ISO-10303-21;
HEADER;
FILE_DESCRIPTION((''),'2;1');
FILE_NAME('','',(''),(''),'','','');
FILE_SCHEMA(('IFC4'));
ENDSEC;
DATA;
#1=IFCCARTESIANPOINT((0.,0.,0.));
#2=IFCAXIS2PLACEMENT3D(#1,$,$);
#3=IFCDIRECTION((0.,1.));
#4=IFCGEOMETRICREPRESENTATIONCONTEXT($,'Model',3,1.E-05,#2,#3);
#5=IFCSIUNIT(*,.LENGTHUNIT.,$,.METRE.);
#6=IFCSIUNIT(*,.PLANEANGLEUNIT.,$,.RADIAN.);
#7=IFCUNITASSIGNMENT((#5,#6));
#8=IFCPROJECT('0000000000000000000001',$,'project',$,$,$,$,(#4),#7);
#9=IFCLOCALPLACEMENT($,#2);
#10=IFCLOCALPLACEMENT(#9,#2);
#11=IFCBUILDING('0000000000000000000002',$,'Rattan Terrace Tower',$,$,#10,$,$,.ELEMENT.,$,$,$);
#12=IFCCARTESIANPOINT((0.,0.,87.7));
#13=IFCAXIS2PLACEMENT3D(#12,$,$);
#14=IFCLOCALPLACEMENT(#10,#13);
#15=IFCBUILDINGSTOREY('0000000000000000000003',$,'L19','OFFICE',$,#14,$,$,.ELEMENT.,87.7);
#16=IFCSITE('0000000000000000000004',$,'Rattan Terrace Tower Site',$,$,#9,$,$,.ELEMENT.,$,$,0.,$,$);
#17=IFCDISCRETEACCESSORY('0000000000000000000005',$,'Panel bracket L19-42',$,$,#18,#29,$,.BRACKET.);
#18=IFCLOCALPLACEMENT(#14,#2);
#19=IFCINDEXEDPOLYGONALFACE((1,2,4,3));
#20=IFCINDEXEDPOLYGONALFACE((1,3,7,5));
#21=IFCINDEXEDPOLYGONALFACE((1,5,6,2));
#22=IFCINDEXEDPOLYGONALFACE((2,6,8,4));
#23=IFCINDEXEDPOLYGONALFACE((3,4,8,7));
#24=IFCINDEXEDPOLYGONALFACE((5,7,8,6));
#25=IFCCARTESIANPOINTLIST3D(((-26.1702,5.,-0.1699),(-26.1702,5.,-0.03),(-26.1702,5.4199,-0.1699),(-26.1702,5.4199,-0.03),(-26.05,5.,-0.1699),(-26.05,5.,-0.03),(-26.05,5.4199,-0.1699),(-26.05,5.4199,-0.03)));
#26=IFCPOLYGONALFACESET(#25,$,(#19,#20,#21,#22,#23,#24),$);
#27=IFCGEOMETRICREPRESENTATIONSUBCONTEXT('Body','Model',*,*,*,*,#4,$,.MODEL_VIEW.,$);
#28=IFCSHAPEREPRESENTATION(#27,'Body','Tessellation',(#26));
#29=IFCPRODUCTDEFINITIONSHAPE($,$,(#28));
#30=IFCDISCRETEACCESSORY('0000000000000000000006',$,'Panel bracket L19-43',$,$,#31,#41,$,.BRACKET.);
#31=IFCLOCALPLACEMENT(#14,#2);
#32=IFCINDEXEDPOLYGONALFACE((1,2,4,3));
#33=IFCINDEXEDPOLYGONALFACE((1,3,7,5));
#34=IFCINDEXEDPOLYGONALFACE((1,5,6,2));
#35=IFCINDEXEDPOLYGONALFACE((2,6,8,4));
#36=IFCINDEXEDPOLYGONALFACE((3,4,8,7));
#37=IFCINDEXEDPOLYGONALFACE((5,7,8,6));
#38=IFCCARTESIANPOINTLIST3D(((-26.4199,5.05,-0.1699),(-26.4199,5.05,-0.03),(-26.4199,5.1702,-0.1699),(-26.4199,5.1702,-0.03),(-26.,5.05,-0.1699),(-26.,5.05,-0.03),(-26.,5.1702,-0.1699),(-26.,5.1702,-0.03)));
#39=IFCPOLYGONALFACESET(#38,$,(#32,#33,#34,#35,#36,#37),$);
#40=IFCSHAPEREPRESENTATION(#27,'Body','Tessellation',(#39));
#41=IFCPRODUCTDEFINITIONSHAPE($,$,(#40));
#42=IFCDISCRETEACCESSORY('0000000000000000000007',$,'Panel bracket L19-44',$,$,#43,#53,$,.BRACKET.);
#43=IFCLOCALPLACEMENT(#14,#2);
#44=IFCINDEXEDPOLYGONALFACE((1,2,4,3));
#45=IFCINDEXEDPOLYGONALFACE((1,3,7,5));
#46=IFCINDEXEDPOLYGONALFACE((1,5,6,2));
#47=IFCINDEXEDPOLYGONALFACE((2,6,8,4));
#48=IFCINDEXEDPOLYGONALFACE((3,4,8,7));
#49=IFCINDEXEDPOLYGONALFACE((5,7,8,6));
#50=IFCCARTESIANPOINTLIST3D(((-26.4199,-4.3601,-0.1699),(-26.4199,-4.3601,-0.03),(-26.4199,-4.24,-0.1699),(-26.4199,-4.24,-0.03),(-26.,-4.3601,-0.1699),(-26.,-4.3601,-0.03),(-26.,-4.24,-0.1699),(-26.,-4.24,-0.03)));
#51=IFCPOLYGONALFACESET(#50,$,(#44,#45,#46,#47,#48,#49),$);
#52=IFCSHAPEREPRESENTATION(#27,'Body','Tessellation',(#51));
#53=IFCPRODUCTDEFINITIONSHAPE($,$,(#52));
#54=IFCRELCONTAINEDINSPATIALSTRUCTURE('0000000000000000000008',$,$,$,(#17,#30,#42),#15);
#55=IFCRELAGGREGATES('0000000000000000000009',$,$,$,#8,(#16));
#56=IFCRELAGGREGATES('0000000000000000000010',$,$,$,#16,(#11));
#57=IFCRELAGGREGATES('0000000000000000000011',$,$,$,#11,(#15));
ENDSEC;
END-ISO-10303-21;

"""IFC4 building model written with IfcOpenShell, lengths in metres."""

from ifc_helpers import new_model, si_unit, direction, frame, origin, origin_2d, place, context, subcontext, project, spatial, rectangle, extrude, element, save


model = new_model("IFC4")

# Units and contexts
model_context = context("Model", 3, precision=1e-05, world=origin(), true_north=direction((0.0, 1.0)))
body_context = subcontext(model_context, "Body", "Model", "MODEL_VIEW")
ifc_project = project(units=[si_unit("LENGTHUNIT", "METRE"), si_unit("PLANEANGLEUNIT", "RADIAN")], contexts=[model_context])

# Site, building, storey
site_placement = place(None, origin())
site = spatial("IfcSite", under=ifc_project, at=site_placement, Name="Rattan Terrace Tower Site", CompositionType="ELEMENT", RefElevation=0.0)
building_placement = place(site_placement, origin())
building = spatial("IfcBuilding", under=site, at=building_placement, Name="Rattan Terrace Tower", CompositionType="ELEMENT")
storey_placement = place(building_placement, frame((0.0, 0.0, 87.7)))
storey = spatial("IfcBuildingStorey", under=building, at=storey_placement, Name="L19", Description="OFFICE", CompositionType="ELEMENT", Elevation=87.7)

# Discrete accessories
for number, where, z_axis, x_axis, name in (
    (1, (-26.1101, 5.21, -0.1699), (0.0, 0.0, 1.0), (-1.0, 0.0, 0.0), "Panel bracket L19-42"),
    (2, (-26.21, 5.1101, -0.1699), (0.0, 0.0, 1.0), (0.0, -1.0, 0.0), "Panel bracket L19-43"),
    (3, (-26.21, -4.3, -0.1699), (0.0, 0.0, 1.0), (0.0, -1.0, 0.0), "Panel bracket L19-44"),
):
    element("IfcDiscreteAccessory", number, at=place(storey_placement, frame(where, z_axis=z_axis, x_axis=x_axis)), inside=storey, Name=name, PredefinedType="BRACKET", context=body_context, shape_type="SweptSolid", body=[
        extrude(rectangle(XDim=0.1201, YDim=0.4199, at=origin_2d()), origin(), (0.0, 0.0, 1.0), 0.1399),
    ])

save(model, "model.ifc")
